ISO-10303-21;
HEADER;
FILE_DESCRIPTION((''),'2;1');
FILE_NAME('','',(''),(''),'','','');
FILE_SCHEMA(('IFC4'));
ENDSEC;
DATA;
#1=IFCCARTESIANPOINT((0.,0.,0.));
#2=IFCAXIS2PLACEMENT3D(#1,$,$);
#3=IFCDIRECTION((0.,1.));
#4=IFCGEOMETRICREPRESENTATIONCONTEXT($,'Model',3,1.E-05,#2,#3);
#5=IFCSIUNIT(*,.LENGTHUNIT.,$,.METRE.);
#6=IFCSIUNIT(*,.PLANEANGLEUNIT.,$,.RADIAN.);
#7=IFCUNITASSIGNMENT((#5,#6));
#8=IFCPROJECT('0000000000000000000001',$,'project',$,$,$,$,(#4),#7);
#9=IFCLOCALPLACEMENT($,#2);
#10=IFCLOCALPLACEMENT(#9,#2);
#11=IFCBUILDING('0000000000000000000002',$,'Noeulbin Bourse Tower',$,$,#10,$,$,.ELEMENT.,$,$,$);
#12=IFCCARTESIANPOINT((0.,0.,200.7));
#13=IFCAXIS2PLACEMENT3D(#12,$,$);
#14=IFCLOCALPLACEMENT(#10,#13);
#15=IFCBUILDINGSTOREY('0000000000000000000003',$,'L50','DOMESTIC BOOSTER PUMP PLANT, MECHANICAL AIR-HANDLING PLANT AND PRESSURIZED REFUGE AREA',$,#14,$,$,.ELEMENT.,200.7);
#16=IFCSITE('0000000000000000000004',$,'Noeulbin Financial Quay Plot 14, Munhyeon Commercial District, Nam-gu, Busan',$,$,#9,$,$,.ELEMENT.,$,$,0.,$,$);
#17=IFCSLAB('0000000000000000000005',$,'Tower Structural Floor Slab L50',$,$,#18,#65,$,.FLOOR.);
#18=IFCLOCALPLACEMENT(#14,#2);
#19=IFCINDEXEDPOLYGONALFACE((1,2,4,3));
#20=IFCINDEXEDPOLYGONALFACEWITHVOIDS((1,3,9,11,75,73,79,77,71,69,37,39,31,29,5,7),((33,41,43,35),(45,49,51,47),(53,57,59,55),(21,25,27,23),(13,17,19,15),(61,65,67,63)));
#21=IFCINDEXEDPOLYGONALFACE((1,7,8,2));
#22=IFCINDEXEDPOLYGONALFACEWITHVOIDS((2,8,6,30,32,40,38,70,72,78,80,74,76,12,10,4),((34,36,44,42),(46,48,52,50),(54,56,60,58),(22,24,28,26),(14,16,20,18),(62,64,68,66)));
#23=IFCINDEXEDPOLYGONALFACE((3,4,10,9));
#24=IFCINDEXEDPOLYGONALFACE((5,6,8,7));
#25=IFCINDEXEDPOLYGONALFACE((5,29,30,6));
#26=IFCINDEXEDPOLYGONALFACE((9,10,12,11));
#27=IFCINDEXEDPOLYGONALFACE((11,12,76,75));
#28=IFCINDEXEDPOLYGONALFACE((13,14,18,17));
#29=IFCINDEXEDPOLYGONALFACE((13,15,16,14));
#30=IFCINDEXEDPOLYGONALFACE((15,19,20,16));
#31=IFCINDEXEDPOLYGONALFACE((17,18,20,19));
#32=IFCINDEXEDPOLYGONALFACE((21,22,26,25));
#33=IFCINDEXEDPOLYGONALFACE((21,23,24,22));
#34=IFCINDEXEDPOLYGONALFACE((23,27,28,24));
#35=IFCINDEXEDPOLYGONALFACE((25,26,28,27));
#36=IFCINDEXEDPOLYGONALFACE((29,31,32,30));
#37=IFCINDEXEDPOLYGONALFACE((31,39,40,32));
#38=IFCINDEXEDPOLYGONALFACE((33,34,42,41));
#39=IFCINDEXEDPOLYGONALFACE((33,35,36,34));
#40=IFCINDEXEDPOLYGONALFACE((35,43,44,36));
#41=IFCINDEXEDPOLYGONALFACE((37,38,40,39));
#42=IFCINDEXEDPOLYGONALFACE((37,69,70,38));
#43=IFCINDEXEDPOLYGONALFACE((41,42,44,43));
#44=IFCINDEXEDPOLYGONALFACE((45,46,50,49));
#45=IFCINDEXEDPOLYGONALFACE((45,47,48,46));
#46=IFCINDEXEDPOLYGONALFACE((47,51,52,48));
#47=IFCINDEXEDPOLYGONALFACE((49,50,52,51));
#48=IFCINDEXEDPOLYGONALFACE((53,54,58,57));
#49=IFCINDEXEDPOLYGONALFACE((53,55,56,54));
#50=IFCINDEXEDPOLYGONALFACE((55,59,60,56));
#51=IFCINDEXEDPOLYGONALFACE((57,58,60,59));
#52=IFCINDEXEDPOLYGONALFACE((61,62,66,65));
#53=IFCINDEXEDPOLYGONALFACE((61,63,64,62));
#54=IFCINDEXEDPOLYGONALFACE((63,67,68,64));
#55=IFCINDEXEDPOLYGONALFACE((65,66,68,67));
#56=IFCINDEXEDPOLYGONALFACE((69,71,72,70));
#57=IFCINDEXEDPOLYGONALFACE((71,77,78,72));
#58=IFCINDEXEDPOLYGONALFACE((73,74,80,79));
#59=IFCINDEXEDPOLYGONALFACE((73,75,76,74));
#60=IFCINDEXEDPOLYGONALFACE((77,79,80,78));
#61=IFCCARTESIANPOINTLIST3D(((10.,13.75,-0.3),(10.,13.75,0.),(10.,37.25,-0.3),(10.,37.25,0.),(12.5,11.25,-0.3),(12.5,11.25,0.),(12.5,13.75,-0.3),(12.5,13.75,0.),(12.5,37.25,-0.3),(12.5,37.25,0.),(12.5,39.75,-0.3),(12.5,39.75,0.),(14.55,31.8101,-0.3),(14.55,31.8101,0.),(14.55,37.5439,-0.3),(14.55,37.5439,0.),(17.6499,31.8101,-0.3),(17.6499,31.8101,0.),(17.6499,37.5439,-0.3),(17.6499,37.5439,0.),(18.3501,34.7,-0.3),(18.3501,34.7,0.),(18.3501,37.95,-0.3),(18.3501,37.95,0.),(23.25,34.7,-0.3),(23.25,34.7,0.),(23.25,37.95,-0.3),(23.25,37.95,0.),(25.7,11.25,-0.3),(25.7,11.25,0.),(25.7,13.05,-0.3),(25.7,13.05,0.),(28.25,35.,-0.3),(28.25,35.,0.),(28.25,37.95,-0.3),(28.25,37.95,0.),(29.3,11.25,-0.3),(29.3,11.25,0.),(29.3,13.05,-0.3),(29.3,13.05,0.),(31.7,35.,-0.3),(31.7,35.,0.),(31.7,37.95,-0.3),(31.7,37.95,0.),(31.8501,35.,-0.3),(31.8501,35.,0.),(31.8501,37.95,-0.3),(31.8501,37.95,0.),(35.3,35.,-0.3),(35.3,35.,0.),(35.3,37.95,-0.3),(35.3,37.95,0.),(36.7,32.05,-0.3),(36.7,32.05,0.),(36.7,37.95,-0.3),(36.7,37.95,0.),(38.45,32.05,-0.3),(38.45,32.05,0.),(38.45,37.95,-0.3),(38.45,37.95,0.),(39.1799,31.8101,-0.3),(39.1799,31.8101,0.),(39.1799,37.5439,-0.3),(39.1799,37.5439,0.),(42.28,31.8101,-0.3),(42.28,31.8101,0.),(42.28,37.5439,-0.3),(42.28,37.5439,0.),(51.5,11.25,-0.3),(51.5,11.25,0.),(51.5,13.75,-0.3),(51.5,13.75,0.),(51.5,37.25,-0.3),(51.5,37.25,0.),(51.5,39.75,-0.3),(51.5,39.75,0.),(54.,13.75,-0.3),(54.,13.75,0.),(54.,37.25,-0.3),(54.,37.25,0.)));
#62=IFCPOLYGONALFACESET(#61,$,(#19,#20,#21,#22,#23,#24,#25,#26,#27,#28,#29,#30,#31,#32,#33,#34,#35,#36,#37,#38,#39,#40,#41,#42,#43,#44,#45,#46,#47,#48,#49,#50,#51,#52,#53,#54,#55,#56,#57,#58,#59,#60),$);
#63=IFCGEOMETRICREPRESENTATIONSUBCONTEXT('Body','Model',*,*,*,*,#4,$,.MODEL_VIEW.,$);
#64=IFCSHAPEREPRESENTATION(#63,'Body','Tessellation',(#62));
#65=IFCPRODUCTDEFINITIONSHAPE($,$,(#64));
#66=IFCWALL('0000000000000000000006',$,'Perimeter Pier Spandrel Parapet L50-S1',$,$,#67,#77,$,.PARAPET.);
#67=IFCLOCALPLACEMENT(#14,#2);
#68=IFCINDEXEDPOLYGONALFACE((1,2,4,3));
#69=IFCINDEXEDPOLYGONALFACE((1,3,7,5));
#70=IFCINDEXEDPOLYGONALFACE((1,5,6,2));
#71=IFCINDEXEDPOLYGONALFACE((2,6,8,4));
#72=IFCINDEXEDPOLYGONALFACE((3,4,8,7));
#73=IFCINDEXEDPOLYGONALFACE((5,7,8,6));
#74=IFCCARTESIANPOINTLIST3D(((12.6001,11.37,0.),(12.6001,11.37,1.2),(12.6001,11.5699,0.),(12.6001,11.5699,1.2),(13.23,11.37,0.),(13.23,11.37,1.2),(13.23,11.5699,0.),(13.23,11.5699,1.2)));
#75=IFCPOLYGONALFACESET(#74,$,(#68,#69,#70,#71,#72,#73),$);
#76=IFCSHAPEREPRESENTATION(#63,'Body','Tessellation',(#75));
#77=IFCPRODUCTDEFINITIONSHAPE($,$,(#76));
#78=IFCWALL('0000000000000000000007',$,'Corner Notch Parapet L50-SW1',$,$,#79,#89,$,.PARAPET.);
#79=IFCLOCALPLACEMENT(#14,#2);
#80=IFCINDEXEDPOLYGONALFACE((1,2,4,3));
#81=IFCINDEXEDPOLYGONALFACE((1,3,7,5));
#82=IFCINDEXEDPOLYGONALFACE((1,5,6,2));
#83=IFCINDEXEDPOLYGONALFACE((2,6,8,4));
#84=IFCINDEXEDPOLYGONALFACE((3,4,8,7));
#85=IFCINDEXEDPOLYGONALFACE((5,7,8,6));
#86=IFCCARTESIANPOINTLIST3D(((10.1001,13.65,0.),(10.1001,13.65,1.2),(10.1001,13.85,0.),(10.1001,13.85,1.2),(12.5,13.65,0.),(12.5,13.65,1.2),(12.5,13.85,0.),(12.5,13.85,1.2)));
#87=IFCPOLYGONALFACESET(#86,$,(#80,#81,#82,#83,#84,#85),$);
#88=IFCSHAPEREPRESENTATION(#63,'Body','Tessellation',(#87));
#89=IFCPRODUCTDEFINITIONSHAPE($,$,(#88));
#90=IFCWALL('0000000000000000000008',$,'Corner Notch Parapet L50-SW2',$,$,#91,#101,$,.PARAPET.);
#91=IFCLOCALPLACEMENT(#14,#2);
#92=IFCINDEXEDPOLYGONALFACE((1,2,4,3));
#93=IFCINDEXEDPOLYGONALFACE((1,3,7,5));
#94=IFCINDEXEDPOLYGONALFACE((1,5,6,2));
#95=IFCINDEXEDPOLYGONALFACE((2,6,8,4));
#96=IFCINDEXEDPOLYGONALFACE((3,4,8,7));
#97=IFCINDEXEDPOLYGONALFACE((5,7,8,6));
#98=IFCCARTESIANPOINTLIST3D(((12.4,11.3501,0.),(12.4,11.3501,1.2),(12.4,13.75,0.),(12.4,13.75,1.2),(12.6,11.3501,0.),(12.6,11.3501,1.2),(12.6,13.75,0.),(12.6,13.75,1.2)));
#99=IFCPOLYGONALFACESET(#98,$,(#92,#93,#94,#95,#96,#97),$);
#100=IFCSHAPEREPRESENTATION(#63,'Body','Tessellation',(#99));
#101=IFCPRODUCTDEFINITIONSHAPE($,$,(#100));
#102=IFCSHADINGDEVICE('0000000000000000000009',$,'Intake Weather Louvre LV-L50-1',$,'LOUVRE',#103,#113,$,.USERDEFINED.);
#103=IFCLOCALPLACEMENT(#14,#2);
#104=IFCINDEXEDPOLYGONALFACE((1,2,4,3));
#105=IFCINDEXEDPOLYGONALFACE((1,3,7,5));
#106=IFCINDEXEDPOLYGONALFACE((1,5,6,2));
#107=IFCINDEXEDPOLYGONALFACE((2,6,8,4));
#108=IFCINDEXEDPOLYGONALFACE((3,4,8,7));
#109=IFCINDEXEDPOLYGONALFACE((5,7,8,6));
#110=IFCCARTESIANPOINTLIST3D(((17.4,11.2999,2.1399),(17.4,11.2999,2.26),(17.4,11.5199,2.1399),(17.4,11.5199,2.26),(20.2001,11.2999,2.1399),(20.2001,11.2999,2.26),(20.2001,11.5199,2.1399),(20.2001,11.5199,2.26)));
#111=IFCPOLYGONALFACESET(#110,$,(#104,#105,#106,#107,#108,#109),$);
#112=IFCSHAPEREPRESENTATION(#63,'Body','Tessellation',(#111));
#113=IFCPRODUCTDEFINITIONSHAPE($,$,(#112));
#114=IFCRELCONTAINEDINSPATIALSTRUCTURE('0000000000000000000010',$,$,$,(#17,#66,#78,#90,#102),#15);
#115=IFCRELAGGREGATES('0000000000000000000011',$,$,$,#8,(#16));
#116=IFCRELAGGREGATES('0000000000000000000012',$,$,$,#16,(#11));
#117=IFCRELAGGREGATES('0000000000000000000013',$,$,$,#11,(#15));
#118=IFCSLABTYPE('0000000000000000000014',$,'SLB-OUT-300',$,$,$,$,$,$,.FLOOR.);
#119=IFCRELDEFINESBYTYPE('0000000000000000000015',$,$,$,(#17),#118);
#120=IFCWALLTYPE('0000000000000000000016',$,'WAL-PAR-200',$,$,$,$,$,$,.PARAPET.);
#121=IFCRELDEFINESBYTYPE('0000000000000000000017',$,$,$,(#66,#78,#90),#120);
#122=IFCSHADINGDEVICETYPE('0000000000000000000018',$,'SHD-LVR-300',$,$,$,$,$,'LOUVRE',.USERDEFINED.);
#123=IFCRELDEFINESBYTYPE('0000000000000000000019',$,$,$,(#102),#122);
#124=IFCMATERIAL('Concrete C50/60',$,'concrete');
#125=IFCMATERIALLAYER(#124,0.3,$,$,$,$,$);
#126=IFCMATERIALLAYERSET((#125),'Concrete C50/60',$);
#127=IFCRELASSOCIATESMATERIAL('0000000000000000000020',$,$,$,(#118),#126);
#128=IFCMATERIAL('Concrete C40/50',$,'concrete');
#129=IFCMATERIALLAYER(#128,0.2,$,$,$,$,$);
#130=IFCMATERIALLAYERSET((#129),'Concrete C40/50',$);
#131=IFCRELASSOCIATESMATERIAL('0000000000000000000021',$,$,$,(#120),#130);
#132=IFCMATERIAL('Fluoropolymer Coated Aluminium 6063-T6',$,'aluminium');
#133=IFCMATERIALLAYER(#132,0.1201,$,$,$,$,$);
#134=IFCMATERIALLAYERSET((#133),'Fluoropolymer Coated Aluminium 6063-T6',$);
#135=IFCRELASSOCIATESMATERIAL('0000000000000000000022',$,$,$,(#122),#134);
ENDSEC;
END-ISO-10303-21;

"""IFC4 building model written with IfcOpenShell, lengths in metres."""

from ifc_helpers import new_model, si_unit, direction, frame, frame_2d, origin, origin_2d, place, context, subcontext, project, spatial, polyline, rectangle, outline, extrude, material, layer, layer_set, type_object, element, save


model = new_model("IFC4")

# Units and contexts
model_context = context("Model", 3, precision=1e-05, world=origin(), true_north=direction((0.0, 1.0)))
body_context = subcontext(model_context, "Body", "Model", "MODEL_VIEW")
ifc_project = project(units=[si_unit("LENGTHUNIT", "METRE"), si_unit("PLANEANGLEUNIT", "RADIAN")], contexts=[model_context])

# Site, building, storey
site_placement = place(None, origin())
site = spatial("IfcSite", under=ifc_project, at=site_placement, Name="Noeulbin Financial Quay Plot 14, Munhyeon Commercial District, Nam-gu, Busan", CompositionType="ELEMENT", RefElevation=0.0)
building_placement = place(site_placement, origin())
building = spatial("IfcBuilding", under=site, at=building_placement, Name="Noeulbin Bourse Tower", CompositionType="ELEMENT")
storey_placement = place(building_placement, frame((0.0, 0.0, 200.7)))
storey = spatial("IfcBuildingStorey", under=building, at=storey_placement, Name="L50", Description="DOMESTIC BOOSTER PUMP PLANT, MECHANICAL AIR-HANDLING PLANT AND PRESSURIZED REFUGE AREA", CompositionType="ELEMENT", Elevation=200.7)

# Shared definitions
ifc_material_1 = material(Name="Concrete C40/50", Category="concrete")

# Slab, openings
ifc_material_2 = material(Name="Concrete C50/60", Category="concrete")
ifc_layer_1 = layer(ifc_material_2, 0.3)
ifc_layer_set_1 = layer_set([ifc_layer_1], Name="Concrete C50/60")
slab_type_1 = type_object("IfcSlabType", Name="SLB-OUT-300", PredefinedType="FLOOR", material=ifc_layer_set_1)
slab_1_placement = place(storey_placement, frame((0.0, 0.0, -0.3)))
slab_1 = element("IfcSlab", 1, at=slab_1_placement, inside=storey, type_object=slab_type_1, Name="Tower Structural Floor Slab L50", PredefinedType="FLOOR", context=body_context, shape_type="SweptSolid", body=[
    extrude(outline(polyline([(12.5, 11.25), (25.7, 11.25), (25.7, 13.05), (29.3, 13.05), (29.3, 11.25), (51.5, 11.25), (51.5, 13.75), (54.0, 13.75), (54.0, 37.25), (51.5, 37.25), (51.5, 39.75), (12.5, 39.75), (12.5, 37.25), (10.0, 37.25), (10.0, 13.75), (12.5, 13.75), (12.5, 11.25)]), holes=[polyline([(17.6499, 31.8101), (17.6499, 37.5439), (14.55, 37.5439), (14.55, 31.8101), (17.6499, 31.8101)]), polyline([(42.28, 31.8101), (42.28, 37.5439), (39.1799, 37.5439), (39.1799, 31.8101), (42.28, 31.8101)]), polyline([(18.3501, 34.7), (23.25, 34.7), (23.25, 37.95), (18.3501, 37.95), (18.3501, 34.7)]), polyline([(36.7, 32.05), (38.45, 32.05), (38.45, 37.95), (36.7, 37.95), (36.7, 32.05)]), polyline([(28.25, 35.0), (31.7, 35.0), (31.7, 37.95), (28.25, 37.95), (28.25, 35.0)]), polyline([(31.8501, 35.0), (35.3, 35.0), (35.3, 37.95), (31.8501, 37.95), (31.8501, 35.0)])]), origin(), (0.0, 0.0, 1.0), 0.3),
])
opening_1_placement = place(slab_1_placement, frame((0.0, 0.0, -0.01)))
element("IfcOpeningElement", 2, at=opening_1_placement, cuts=slab_1, PredefinedType="OPENING", context=body_context, shape_type="SweptSolid", body=[
    extrude(outline(polyline([(17.6499, 31.8101), (17.6499, 37.5439), (14.55, 37.5439), (14.55, 31.8101), (17.6499, 31.8101)])), origin(), (0.0, 0.0, 1.0), 0.3201),
])
opening_2_placement = place(slab_1_placement, frame((0.0, 0.0, -0.01)))
element("IfcOpeningElement", 3, at=opening_2_placement, cuts=slab_1, PredefinedType="OPENING", context=body_context, shape_type="SweptSolid", body=[
    extrude(outline(polyline([(42.28, 31.8101), (42.28, 37.5439), (39.1799, 37.5439), (39.1799, 31.8101), (42.28, 31.8101)])), origin(), (0.0, 0.0, 1.0), 0.3201),
])
opening_3_placement = place(slab_1_placement, frame((0.0, 0.0, -0.01)))
element("IfcOpeningElement", 4, at=opening_3_placement, cuts=slab_1, PredefinedType="OPENING", context=body_context, shape_type="SweptSolid", body=[
    extrude(outline(polyline([(18.3501, 34.7), (23.25, 34.7), (23.25, 37.95), (18.3501, 37.95), (18.3501, 34.7)])), origin(), (0.0, 0.0, 1.0), 0.3201),
])
opening_4_placement = place(slab_1_placement, frame((0.0, 0.0, -0.01)))
element("IfcOpeningElement", 5, at=opening_4_placement, cuts=slab_1, PredefinedType="OPENING", context=body_context, shape_type="SweptSolid", body=[
    extrude(outline(polyline([(36.7, 32.05), (38.45, 32.05), (38.45, 37.95), (36.7, 37.95), (36.7, 32.05)])), origin(), (0.0, 0.0, 1.0), 0.3201),
])
opening_5_placement = place(slab_1_placement, frame((0.0, 0.0, -0.01)))
element("IfcOpeningElement", 6, at=opening_5_placement, cuts=slab_1, PredefinedType="OPENING", context=body_context, shape_type="SweptSolid", body=[
    extrude(outline(polyline([(28.25, 35.0), (31.7, 35.0), (31.7, 37.95), (28.25, 37.95), (28.25, 35.0)])), origin(), (0.0, 0.0, 1.0), 0.3201),
])
opening_6_placement = place(slab_1_placement, frame((0.0, 0.0, -0.01)))
element("IfcOpeningElement", 7, at=opening_6_placement, cuts=slab_1, PredefinedType="OPENING", context=body_context, shape_type="SweptSolid", body=[
    extrude(outline(polyline([(31.8501, 35.0), (35.3, 35.0), (35.3, 37.95), (31.8501, 37.95), (31.8501, 35.0)])), origin(), (0.0, 0.0, 1.0), 0.3201),
])

# Walls
ifc_layer_2 = layer(ifc_material_1, 0.2)
ifc_layer_set_2 = layer_set([ifc_layer_2], Name="Concrete C40/50")
wall_type = type_object("IfcWallType", Name="WAL-PAR-200", PredefinedType="PARAPET", material=ifc_layer_set_2)
wall_placement = place(storey_placement, frame((12.6001, 11.47, 0.0), z_axis=(0.0, 0.0, 1.0), x_axis=(1.0, 0.0, 0.0)))
element("IfcWall", 8, at=wall_placement, inside=storey, type_object=wall_type, Name="Perimeter Pier Spandrel Parapet L50-S1", PredefinedType="PARAPET", context=body_context, shape_type="SweptSolid", body=[
    extrude(rectangle(XDim=0.6299, YDim=0.2, at=frame_2d((0.3149, 0.0))), origin(), (0.0, 0.0, 1.0), 1.2),
])
for number, where, z_axis, x_axis, name in (
    (9, (10.1001, 13.75, 0.0), (0.0, 0.0, 1.0), (1.0, 0.0, 0.0), "Corner Notch Parapet L50-SW1"),
    (10, (12.5, 13.75, 0.0), (0.0, 0.0, 1.0), (0.0, -1.0, 0.0), "Corner Notch Parapet L50-SW2"),
):
    element("IfcWall", number, at=place(storey_placement, frame(where, z_axis=z_axis, x_axis=x_axis)), inside=storey, type_object=wall_type, Name=name, PredefinedType="PARAPET", context=body_context, shape_type="SweptSolid", body=[
        extrude(rectangle(XDim=2.3999, YDim=0.2, at=frame_2d((1.2, 0.0))), origin(), (0.0, 0.0, 1.0), 1.2),
    ])

# Shading device
ifc_material_3 = material(Name="Fluoropolymer Coated Aluminium 6063-T6", Category="aluminium")
ifc_layer_3 = layer(ifc_material_3, 0.1201)
ifc_layer_set_3 = layer_set([ifc_layer_3], Name="Fluoropolymer Coated Aluminium 6063-T6")
shading_device_type = type_object("IfcShadingDeviceType", Name="SHD-LVR-300", ElementType="LOUVRE", PredefinedType="USERDEFINED", material=ifc_layer_set_3)
shading_device_placement = place(storey_placement, frame((18.8, 11.4099, 2.1399), z_axis=(0.0, 0.0, 1.0), x_axis=(1.0, 0.0, 0.0)))
element("IfcShadingDevice", 11, at=shading_device_placement, inside=storey, type_object=shading_device_type, Name="Intake Weather Louvre LV-L50-1", ObjectType="LOUVRE", PredefinedType="USERDEFINED", context=body_context, shape_type="SweptSolid", body=[
    extrude(rectangle(XDim=2.8, YDim=0.22, at=origin_2d()), origin(), (0.0, 0.0, 1.0), 0.1201),
])

save(model, "model.ifc")
